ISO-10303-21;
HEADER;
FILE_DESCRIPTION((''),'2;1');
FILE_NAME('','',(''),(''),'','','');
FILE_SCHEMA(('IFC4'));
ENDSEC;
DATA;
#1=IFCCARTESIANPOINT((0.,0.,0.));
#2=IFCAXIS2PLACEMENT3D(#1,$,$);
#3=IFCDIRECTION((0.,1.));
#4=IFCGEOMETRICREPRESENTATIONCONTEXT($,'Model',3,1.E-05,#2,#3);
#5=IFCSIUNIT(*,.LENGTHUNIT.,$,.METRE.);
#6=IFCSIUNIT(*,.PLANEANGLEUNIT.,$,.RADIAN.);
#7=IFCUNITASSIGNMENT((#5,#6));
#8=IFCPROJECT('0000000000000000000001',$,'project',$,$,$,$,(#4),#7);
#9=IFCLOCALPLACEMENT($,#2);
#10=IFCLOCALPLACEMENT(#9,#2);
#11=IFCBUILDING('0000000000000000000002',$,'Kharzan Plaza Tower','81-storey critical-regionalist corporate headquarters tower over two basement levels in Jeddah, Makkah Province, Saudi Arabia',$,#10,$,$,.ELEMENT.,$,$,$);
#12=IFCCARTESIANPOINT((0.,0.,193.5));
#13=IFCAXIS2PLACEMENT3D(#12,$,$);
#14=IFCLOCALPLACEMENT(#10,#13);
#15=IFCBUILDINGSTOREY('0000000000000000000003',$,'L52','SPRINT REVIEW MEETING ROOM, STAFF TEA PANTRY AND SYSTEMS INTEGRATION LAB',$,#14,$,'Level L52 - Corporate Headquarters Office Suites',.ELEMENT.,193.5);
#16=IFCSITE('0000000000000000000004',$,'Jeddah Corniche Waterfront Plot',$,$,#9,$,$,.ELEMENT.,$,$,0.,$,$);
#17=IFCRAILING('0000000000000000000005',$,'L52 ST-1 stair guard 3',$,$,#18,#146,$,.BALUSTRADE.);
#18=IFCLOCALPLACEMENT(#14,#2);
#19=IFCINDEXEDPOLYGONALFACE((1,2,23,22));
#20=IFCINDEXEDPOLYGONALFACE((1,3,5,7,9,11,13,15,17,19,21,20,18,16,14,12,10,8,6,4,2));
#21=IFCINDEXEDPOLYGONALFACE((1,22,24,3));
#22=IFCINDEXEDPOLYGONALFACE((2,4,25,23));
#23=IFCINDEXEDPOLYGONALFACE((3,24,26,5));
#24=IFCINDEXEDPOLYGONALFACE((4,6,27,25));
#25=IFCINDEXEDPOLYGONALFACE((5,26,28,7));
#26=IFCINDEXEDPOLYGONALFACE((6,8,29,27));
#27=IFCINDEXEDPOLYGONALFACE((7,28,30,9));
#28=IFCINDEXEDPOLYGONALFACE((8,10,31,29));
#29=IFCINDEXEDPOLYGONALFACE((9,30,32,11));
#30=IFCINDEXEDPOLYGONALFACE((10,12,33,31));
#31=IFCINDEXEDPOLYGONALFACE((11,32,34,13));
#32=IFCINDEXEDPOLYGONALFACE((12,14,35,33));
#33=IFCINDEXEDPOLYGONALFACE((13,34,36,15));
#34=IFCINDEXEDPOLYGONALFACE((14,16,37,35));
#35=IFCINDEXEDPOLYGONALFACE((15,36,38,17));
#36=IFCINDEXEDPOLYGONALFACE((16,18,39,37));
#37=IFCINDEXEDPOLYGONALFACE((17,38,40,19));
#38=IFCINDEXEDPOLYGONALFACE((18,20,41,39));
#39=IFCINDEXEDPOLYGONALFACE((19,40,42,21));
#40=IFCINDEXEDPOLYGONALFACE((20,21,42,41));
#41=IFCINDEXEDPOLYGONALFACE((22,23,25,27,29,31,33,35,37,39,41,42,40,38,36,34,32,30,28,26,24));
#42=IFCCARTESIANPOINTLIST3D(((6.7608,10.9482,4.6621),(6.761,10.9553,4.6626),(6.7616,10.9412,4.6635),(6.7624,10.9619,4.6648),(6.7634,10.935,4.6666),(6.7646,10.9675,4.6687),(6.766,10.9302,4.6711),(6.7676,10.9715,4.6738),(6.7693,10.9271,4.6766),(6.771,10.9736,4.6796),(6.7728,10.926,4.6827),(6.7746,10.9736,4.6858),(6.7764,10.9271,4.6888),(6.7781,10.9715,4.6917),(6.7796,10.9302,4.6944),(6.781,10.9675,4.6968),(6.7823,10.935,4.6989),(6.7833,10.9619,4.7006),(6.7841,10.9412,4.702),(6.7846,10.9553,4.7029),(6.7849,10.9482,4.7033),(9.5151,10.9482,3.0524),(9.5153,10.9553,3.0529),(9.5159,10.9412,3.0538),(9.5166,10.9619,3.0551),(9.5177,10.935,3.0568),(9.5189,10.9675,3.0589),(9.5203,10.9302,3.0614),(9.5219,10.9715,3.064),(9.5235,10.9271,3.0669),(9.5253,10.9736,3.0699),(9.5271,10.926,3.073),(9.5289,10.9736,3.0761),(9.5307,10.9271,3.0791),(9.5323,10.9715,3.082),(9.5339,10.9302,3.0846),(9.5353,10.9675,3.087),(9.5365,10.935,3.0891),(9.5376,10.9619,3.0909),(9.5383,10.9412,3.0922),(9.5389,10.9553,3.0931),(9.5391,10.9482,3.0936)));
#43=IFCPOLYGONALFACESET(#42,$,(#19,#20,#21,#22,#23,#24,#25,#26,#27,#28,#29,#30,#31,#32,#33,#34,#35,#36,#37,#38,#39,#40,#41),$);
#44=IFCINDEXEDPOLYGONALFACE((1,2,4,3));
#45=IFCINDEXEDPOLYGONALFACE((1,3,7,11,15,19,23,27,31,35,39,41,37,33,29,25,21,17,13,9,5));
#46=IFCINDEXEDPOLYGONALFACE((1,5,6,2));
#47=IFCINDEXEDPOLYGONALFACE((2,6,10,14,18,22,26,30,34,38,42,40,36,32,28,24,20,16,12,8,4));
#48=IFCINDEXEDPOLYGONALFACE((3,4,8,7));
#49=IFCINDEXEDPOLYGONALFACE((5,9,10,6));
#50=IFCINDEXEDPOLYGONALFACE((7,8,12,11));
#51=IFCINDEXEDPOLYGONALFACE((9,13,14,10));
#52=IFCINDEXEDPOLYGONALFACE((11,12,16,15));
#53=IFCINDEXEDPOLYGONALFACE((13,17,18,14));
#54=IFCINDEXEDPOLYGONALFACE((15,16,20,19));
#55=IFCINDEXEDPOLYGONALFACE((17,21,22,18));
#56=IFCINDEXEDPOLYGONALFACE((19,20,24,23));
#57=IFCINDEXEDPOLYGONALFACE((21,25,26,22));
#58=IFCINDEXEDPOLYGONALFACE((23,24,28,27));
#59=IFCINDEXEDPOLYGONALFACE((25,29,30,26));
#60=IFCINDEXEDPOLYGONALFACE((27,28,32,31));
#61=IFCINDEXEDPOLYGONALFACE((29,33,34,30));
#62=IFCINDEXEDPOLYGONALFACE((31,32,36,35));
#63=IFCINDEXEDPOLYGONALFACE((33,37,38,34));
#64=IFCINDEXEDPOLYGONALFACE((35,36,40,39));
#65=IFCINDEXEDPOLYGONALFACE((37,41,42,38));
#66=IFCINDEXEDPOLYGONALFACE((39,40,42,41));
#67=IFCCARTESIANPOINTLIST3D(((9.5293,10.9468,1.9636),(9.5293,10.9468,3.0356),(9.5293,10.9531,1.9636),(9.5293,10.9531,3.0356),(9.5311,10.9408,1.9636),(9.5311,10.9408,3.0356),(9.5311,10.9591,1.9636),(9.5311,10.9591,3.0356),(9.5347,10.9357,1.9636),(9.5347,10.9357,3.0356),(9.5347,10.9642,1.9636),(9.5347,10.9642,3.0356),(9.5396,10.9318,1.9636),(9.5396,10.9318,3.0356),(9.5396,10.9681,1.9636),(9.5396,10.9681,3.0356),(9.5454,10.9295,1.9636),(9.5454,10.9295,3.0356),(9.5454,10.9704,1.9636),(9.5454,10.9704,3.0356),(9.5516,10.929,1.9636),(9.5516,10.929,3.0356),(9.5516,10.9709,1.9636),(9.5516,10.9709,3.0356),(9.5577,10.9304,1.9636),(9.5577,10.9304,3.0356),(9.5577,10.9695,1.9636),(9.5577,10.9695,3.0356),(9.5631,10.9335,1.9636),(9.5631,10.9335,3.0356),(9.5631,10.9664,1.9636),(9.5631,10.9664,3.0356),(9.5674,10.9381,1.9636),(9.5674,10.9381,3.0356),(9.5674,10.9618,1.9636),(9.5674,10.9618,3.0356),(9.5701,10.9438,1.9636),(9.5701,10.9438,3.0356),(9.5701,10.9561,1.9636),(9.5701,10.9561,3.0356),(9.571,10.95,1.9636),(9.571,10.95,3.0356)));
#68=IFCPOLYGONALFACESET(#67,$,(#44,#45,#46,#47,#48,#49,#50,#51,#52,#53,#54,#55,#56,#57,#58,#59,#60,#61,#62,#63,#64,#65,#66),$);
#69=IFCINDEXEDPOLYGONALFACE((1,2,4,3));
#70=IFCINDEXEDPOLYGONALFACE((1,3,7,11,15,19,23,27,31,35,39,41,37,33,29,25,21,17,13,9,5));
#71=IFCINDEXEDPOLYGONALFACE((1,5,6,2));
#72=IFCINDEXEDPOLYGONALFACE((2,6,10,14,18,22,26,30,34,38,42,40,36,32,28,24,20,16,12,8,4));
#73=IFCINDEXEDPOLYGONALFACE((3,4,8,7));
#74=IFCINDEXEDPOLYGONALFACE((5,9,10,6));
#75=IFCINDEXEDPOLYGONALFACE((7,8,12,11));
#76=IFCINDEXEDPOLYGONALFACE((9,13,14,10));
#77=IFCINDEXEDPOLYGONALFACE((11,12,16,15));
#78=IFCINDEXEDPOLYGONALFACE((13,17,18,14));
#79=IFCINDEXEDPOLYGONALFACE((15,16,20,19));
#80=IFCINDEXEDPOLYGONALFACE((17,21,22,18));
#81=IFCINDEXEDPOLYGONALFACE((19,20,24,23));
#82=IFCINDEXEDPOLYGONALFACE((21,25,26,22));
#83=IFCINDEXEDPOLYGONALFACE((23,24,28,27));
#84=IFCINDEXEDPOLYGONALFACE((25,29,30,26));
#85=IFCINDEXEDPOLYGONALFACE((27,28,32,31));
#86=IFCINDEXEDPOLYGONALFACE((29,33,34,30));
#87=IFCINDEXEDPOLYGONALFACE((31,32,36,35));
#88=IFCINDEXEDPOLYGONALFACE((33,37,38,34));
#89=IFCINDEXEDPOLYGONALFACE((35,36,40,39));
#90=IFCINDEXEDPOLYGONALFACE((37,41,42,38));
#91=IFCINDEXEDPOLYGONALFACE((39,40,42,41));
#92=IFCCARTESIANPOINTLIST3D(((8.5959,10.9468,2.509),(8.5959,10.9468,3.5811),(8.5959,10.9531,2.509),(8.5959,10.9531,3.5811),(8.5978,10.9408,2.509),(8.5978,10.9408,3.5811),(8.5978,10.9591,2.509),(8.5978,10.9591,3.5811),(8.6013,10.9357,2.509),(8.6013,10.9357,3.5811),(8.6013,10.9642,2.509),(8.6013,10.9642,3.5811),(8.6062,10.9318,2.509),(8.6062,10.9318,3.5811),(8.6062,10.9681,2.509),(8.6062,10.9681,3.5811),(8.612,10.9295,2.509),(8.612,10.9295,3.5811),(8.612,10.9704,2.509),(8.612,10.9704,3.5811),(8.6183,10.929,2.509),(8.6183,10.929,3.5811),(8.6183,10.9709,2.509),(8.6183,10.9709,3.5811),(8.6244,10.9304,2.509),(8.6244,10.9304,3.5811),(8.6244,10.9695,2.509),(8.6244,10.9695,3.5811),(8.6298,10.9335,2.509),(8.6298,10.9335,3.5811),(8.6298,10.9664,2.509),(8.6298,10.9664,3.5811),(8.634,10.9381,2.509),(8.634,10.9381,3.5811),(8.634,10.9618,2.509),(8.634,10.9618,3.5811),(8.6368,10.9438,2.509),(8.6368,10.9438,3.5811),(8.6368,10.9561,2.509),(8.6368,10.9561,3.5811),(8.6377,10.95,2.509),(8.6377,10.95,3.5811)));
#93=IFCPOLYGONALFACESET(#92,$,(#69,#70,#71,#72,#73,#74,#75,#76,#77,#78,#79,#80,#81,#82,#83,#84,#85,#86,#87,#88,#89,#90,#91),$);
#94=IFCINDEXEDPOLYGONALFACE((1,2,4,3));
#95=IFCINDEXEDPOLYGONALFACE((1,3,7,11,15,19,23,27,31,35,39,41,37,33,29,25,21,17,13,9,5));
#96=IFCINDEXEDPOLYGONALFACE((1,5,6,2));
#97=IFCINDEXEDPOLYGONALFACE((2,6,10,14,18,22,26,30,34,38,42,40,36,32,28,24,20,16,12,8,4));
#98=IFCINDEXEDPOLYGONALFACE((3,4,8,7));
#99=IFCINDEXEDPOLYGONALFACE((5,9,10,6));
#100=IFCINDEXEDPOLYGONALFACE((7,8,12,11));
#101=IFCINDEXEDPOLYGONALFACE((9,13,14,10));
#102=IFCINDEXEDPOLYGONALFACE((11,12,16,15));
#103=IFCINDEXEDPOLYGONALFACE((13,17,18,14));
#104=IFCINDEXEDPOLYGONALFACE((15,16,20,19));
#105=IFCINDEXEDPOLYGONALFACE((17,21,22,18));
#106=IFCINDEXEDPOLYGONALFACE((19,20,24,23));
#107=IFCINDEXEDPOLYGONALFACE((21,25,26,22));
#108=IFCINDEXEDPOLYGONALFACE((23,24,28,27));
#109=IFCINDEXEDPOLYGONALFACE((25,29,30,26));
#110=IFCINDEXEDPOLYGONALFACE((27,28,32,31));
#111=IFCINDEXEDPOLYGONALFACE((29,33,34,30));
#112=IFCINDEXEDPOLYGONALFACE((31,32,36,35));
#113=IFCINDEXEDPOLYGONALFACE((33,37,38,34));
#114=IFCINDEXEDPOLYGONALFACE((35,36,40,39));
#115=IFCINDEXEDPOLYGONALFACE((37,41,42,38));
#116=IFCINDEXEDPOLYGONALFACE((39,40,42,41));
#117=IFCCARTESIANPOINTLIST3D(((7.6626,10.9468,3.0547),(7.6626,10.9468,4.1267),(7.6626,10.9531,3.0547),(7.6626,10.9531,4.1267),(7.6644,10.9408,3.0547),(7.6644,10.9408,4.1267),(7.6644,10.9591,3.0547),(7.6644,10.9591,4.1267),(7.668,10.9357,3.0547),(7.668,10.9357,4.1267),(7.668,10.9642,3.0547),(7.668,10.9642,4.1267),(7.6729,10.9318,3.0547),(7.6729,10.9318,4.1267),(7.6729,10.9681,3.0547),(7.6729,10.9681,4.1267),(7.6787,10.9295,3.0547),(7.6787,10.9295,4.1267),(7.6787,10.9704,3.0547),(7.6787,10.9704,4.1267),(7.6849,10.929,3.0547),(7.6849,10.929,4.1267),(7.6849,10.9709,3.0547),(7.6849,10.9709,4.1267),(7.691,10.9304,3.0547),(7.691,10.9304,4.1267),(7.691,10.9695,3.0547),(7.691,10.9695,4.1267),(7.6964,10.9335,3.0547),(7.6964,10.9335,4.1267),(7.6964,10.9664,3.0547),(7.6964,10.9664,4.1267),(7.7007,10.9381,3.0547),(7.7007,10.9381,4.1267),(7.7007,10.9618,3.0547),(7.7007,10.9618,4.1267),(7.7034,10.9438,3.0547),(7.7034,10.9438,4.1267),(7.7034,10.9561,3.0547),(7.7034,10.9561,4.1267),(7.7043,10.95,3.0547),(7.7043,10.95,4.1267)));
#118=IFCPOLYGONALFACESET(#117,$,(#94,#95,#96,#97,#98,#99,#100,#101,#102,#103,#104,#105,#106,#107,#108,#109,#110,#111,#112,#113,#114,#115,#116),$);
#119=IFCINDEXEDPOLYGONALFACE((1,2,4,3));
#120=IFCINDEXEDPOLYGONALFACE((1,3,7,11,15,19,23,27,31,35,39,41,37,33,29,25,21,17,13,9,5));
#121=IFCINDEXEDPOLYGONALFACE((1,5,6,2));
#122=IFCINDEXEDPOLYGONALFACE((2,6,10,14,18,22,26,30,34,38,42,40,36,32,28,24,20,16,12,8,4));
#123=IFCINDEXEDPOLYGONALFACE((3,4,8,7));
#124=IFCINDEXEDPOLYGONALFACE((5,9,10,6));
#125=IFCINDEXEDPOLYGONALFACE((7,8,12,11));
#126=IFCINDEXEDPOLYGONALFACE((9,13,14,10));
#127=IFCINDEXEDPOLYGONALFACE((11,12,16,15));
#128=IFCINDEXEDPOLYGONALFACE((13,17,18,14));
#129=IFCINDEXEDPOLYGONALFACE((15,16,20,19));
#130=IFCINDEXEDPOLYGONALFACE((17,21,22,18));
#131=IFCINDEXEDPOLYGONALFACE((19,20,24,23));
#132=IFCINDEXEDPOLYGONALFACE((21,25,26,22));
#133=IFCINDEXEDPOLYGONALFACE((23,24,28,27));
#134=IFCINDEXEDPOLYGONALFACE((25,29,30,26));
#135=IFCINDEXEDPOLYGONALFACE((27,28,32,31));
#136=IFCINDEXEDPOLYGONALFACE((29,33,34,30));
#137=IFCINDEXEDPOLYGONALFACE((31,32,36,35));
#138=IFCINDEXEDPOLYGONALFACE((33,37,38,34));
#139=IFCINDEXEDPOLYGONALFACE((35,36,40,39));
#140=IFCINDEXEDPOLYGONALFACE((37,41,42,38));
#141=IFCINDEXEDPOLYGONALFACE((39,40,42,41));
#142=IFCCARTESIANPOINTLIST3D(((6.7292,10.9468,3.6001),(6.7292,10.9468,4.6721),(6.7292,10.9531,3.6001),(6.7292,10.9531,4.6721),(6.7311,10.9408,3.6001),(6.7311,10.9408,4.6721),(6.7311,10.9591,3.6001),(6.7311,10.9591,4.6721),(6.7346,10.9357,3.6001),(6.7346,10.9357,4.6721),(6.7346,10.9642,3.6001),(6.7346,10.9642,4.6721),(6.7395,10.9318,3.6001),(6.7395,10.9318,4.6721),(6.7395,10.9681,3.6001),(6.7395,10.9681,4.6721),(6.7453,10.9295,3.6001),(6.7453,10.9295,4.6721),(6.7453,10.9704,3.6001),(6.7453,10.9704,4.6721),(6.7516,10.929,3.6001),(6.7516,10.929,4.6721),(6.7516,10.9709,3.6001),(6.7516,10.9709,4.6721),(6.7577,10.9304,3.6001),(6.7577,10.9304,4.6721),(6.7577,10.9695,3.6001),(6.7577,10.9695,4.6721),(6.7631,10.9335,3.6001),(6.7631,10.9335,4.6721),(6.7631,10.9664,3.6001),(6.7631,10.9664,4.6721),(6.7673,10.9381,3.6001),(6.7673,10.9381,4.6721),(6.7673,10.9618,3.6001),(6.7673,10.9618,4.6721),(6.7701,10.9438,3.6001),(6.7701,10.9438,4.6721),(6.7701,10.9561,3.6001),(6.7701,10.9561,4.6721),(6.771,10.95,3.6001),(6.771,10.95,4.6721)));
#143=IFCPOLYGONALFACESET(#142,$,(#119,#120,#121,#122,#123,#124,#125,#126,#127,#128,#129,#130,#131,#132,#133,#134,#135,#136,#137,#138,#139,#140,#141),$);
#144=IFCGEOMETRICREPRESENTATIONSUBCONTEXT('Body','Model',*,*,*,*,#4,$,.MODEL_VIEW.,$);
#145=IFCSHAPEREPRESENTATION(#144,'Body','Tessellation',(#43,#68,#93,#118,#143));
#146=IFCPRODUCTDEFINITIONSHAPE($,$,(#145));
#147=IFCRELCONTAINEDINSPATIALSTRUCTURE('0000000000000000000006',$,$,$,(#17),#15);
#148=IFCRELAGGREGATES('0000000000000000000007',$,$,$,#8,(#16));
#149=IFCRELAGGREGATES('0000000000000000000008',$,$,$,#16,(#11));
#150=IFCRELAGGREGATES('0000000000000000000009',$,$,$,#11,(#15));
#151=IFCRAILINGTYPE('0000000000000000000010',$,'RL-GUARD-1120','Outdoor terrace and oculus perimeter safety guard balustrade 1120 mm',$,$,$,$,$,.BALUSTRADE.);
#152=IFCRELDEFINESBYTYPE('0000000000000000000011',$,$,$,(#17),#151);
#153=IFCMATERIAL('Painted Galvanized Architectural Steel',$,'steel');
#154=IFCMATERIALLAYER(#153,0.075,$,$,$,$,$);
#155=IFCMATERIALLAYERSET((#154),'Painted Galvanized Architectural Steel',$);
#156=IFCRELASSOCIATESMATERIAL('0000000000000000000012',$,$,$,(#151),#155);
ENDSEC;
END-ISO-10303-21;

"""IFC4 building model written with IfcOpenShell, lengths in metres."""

from ifc_helpers import new_model, si_unit, direction, frame, origin, origin_2d, place, context, subcontext, project, spatial, circle, extrude, source, transform, mapped, material, layer, layer_set, type_object, element, save


model = new_model("IFC4")

# Units and contexts
model_context = context("Model", 3, precision=1e-05, world=origin(), true_north=direction((0.0, 1.0)))
body_context = subcontext(model_context, "Body", "Model", "MODEL_VIEW")
ifc_project = project(units=[si_unit("LENGTHUNIT", "METRE"), si_unit("PLANEANGLEUNIT", "RADIAN")], contexts=[model_context])

# Site, building, storey
site_placement = place(None, origin())
site = spatial("IfcSite", under=ifc_project, at=site_placement, Name="Jeddah Corniche Waterfront Plot", CompositionType="ELEMENT", RefElevation=0.0)
building_placement = place(site_placement, origin())
building = spatial("IfcBuilding", under=site, at=building_placement, Name="Kharzan Plaza Tower", Description="81-storey critical-regionalist corporate headquarters tower over two basement levels in Jeddah, Makkah Province, Saudi Arabia", CompositionType="ELEMENT")
storey_placement = place(building_placement, frame((0.0, 0.0, 193.5)))
storey = spatial("IfcBuildingStorey", under=building, at=storey_placement, Name="L52", Description="SPRINT REVIEW MEETING ROOM, STAFF TEA PANTRY AND SYSTEMS INTEGRATION LAB", LongName="Level L52 - Corporate Headquarters Office Suites", CompositionType="ELEMENT", Elevation=193.5)

# Railing
ifc_material_1 = material(Name="Painted Galvanized Architectural Steel", Category="steel")
ifc_layer_1 = layer(ifc_material_1, 0.075)
ifc_layer_set_1 = layer_set([ifc_layer_1], Name="Painted Galvanized Architectural Steel")
railing_type_1 = type_object("IfcRailingType", Name="RL-GUARD-1120", Description="Outdoor terrace and oculus perimeter safety guard balustrade 1120 mm", PredefinedType="BALUSTRADE", material=ifc_layer_set_1)
shared_shape_1 = source(origin(), body_context, "Body", "SweptSolid", [
    extrude(circle(Radius=0.0239, at=origin_2d()), frame((-0.0229, 0.0, 1.1094), z_axis=(-0.863361, 0.0, 0.504587), x_axis=(0.0, -1.0, 0.0)), (0.0, 0.0, 1.0), 3.1902),
    extrude(circle(Radius=0.021, at=origin_2d()), origin(), (0.0, 0.0, 1.0), 1.072),
    extrude(circle(Radius=0.021, at=origin_2d()), frame((-0.9333, 0.0, 0.5454)), (0.0, 0.0, 1.0), 1.072),
    extrude(circle(Radius=0.021, at=origin_2d()), frame((-1.8667, 0.0, 1.0911)), (0.0, 0.0, 1.0), 1.072),
    extrude(circle(Radius=0.021, at=origin_2d()), frame((-2.8, 0.0, 1.6365)), (0.0, 0.0, 1.0), 1.072),
])
railing_1_placement = place(storey_placement, frame((9.55, 10.95, 1.9636)))
element("IfcRailing", 1, at=railing_1_placement, inside=storey, type_object=railing_type_1, Name="L52 ST-1 stair guard 3", PredefinedType="BALUSTRADE", context=body_context, shape_type="MappedRepresentation", body=[
    mapped(shared_shape_1, transform((0.0, 0.0, 0.0), x_axis=(1.0, 0.0, 0.0), y_axis=(0.0, 1.0, 0.0), z_axis=(0.0, 0.0, 1.0))),
])

save(model, "model.ifc")
